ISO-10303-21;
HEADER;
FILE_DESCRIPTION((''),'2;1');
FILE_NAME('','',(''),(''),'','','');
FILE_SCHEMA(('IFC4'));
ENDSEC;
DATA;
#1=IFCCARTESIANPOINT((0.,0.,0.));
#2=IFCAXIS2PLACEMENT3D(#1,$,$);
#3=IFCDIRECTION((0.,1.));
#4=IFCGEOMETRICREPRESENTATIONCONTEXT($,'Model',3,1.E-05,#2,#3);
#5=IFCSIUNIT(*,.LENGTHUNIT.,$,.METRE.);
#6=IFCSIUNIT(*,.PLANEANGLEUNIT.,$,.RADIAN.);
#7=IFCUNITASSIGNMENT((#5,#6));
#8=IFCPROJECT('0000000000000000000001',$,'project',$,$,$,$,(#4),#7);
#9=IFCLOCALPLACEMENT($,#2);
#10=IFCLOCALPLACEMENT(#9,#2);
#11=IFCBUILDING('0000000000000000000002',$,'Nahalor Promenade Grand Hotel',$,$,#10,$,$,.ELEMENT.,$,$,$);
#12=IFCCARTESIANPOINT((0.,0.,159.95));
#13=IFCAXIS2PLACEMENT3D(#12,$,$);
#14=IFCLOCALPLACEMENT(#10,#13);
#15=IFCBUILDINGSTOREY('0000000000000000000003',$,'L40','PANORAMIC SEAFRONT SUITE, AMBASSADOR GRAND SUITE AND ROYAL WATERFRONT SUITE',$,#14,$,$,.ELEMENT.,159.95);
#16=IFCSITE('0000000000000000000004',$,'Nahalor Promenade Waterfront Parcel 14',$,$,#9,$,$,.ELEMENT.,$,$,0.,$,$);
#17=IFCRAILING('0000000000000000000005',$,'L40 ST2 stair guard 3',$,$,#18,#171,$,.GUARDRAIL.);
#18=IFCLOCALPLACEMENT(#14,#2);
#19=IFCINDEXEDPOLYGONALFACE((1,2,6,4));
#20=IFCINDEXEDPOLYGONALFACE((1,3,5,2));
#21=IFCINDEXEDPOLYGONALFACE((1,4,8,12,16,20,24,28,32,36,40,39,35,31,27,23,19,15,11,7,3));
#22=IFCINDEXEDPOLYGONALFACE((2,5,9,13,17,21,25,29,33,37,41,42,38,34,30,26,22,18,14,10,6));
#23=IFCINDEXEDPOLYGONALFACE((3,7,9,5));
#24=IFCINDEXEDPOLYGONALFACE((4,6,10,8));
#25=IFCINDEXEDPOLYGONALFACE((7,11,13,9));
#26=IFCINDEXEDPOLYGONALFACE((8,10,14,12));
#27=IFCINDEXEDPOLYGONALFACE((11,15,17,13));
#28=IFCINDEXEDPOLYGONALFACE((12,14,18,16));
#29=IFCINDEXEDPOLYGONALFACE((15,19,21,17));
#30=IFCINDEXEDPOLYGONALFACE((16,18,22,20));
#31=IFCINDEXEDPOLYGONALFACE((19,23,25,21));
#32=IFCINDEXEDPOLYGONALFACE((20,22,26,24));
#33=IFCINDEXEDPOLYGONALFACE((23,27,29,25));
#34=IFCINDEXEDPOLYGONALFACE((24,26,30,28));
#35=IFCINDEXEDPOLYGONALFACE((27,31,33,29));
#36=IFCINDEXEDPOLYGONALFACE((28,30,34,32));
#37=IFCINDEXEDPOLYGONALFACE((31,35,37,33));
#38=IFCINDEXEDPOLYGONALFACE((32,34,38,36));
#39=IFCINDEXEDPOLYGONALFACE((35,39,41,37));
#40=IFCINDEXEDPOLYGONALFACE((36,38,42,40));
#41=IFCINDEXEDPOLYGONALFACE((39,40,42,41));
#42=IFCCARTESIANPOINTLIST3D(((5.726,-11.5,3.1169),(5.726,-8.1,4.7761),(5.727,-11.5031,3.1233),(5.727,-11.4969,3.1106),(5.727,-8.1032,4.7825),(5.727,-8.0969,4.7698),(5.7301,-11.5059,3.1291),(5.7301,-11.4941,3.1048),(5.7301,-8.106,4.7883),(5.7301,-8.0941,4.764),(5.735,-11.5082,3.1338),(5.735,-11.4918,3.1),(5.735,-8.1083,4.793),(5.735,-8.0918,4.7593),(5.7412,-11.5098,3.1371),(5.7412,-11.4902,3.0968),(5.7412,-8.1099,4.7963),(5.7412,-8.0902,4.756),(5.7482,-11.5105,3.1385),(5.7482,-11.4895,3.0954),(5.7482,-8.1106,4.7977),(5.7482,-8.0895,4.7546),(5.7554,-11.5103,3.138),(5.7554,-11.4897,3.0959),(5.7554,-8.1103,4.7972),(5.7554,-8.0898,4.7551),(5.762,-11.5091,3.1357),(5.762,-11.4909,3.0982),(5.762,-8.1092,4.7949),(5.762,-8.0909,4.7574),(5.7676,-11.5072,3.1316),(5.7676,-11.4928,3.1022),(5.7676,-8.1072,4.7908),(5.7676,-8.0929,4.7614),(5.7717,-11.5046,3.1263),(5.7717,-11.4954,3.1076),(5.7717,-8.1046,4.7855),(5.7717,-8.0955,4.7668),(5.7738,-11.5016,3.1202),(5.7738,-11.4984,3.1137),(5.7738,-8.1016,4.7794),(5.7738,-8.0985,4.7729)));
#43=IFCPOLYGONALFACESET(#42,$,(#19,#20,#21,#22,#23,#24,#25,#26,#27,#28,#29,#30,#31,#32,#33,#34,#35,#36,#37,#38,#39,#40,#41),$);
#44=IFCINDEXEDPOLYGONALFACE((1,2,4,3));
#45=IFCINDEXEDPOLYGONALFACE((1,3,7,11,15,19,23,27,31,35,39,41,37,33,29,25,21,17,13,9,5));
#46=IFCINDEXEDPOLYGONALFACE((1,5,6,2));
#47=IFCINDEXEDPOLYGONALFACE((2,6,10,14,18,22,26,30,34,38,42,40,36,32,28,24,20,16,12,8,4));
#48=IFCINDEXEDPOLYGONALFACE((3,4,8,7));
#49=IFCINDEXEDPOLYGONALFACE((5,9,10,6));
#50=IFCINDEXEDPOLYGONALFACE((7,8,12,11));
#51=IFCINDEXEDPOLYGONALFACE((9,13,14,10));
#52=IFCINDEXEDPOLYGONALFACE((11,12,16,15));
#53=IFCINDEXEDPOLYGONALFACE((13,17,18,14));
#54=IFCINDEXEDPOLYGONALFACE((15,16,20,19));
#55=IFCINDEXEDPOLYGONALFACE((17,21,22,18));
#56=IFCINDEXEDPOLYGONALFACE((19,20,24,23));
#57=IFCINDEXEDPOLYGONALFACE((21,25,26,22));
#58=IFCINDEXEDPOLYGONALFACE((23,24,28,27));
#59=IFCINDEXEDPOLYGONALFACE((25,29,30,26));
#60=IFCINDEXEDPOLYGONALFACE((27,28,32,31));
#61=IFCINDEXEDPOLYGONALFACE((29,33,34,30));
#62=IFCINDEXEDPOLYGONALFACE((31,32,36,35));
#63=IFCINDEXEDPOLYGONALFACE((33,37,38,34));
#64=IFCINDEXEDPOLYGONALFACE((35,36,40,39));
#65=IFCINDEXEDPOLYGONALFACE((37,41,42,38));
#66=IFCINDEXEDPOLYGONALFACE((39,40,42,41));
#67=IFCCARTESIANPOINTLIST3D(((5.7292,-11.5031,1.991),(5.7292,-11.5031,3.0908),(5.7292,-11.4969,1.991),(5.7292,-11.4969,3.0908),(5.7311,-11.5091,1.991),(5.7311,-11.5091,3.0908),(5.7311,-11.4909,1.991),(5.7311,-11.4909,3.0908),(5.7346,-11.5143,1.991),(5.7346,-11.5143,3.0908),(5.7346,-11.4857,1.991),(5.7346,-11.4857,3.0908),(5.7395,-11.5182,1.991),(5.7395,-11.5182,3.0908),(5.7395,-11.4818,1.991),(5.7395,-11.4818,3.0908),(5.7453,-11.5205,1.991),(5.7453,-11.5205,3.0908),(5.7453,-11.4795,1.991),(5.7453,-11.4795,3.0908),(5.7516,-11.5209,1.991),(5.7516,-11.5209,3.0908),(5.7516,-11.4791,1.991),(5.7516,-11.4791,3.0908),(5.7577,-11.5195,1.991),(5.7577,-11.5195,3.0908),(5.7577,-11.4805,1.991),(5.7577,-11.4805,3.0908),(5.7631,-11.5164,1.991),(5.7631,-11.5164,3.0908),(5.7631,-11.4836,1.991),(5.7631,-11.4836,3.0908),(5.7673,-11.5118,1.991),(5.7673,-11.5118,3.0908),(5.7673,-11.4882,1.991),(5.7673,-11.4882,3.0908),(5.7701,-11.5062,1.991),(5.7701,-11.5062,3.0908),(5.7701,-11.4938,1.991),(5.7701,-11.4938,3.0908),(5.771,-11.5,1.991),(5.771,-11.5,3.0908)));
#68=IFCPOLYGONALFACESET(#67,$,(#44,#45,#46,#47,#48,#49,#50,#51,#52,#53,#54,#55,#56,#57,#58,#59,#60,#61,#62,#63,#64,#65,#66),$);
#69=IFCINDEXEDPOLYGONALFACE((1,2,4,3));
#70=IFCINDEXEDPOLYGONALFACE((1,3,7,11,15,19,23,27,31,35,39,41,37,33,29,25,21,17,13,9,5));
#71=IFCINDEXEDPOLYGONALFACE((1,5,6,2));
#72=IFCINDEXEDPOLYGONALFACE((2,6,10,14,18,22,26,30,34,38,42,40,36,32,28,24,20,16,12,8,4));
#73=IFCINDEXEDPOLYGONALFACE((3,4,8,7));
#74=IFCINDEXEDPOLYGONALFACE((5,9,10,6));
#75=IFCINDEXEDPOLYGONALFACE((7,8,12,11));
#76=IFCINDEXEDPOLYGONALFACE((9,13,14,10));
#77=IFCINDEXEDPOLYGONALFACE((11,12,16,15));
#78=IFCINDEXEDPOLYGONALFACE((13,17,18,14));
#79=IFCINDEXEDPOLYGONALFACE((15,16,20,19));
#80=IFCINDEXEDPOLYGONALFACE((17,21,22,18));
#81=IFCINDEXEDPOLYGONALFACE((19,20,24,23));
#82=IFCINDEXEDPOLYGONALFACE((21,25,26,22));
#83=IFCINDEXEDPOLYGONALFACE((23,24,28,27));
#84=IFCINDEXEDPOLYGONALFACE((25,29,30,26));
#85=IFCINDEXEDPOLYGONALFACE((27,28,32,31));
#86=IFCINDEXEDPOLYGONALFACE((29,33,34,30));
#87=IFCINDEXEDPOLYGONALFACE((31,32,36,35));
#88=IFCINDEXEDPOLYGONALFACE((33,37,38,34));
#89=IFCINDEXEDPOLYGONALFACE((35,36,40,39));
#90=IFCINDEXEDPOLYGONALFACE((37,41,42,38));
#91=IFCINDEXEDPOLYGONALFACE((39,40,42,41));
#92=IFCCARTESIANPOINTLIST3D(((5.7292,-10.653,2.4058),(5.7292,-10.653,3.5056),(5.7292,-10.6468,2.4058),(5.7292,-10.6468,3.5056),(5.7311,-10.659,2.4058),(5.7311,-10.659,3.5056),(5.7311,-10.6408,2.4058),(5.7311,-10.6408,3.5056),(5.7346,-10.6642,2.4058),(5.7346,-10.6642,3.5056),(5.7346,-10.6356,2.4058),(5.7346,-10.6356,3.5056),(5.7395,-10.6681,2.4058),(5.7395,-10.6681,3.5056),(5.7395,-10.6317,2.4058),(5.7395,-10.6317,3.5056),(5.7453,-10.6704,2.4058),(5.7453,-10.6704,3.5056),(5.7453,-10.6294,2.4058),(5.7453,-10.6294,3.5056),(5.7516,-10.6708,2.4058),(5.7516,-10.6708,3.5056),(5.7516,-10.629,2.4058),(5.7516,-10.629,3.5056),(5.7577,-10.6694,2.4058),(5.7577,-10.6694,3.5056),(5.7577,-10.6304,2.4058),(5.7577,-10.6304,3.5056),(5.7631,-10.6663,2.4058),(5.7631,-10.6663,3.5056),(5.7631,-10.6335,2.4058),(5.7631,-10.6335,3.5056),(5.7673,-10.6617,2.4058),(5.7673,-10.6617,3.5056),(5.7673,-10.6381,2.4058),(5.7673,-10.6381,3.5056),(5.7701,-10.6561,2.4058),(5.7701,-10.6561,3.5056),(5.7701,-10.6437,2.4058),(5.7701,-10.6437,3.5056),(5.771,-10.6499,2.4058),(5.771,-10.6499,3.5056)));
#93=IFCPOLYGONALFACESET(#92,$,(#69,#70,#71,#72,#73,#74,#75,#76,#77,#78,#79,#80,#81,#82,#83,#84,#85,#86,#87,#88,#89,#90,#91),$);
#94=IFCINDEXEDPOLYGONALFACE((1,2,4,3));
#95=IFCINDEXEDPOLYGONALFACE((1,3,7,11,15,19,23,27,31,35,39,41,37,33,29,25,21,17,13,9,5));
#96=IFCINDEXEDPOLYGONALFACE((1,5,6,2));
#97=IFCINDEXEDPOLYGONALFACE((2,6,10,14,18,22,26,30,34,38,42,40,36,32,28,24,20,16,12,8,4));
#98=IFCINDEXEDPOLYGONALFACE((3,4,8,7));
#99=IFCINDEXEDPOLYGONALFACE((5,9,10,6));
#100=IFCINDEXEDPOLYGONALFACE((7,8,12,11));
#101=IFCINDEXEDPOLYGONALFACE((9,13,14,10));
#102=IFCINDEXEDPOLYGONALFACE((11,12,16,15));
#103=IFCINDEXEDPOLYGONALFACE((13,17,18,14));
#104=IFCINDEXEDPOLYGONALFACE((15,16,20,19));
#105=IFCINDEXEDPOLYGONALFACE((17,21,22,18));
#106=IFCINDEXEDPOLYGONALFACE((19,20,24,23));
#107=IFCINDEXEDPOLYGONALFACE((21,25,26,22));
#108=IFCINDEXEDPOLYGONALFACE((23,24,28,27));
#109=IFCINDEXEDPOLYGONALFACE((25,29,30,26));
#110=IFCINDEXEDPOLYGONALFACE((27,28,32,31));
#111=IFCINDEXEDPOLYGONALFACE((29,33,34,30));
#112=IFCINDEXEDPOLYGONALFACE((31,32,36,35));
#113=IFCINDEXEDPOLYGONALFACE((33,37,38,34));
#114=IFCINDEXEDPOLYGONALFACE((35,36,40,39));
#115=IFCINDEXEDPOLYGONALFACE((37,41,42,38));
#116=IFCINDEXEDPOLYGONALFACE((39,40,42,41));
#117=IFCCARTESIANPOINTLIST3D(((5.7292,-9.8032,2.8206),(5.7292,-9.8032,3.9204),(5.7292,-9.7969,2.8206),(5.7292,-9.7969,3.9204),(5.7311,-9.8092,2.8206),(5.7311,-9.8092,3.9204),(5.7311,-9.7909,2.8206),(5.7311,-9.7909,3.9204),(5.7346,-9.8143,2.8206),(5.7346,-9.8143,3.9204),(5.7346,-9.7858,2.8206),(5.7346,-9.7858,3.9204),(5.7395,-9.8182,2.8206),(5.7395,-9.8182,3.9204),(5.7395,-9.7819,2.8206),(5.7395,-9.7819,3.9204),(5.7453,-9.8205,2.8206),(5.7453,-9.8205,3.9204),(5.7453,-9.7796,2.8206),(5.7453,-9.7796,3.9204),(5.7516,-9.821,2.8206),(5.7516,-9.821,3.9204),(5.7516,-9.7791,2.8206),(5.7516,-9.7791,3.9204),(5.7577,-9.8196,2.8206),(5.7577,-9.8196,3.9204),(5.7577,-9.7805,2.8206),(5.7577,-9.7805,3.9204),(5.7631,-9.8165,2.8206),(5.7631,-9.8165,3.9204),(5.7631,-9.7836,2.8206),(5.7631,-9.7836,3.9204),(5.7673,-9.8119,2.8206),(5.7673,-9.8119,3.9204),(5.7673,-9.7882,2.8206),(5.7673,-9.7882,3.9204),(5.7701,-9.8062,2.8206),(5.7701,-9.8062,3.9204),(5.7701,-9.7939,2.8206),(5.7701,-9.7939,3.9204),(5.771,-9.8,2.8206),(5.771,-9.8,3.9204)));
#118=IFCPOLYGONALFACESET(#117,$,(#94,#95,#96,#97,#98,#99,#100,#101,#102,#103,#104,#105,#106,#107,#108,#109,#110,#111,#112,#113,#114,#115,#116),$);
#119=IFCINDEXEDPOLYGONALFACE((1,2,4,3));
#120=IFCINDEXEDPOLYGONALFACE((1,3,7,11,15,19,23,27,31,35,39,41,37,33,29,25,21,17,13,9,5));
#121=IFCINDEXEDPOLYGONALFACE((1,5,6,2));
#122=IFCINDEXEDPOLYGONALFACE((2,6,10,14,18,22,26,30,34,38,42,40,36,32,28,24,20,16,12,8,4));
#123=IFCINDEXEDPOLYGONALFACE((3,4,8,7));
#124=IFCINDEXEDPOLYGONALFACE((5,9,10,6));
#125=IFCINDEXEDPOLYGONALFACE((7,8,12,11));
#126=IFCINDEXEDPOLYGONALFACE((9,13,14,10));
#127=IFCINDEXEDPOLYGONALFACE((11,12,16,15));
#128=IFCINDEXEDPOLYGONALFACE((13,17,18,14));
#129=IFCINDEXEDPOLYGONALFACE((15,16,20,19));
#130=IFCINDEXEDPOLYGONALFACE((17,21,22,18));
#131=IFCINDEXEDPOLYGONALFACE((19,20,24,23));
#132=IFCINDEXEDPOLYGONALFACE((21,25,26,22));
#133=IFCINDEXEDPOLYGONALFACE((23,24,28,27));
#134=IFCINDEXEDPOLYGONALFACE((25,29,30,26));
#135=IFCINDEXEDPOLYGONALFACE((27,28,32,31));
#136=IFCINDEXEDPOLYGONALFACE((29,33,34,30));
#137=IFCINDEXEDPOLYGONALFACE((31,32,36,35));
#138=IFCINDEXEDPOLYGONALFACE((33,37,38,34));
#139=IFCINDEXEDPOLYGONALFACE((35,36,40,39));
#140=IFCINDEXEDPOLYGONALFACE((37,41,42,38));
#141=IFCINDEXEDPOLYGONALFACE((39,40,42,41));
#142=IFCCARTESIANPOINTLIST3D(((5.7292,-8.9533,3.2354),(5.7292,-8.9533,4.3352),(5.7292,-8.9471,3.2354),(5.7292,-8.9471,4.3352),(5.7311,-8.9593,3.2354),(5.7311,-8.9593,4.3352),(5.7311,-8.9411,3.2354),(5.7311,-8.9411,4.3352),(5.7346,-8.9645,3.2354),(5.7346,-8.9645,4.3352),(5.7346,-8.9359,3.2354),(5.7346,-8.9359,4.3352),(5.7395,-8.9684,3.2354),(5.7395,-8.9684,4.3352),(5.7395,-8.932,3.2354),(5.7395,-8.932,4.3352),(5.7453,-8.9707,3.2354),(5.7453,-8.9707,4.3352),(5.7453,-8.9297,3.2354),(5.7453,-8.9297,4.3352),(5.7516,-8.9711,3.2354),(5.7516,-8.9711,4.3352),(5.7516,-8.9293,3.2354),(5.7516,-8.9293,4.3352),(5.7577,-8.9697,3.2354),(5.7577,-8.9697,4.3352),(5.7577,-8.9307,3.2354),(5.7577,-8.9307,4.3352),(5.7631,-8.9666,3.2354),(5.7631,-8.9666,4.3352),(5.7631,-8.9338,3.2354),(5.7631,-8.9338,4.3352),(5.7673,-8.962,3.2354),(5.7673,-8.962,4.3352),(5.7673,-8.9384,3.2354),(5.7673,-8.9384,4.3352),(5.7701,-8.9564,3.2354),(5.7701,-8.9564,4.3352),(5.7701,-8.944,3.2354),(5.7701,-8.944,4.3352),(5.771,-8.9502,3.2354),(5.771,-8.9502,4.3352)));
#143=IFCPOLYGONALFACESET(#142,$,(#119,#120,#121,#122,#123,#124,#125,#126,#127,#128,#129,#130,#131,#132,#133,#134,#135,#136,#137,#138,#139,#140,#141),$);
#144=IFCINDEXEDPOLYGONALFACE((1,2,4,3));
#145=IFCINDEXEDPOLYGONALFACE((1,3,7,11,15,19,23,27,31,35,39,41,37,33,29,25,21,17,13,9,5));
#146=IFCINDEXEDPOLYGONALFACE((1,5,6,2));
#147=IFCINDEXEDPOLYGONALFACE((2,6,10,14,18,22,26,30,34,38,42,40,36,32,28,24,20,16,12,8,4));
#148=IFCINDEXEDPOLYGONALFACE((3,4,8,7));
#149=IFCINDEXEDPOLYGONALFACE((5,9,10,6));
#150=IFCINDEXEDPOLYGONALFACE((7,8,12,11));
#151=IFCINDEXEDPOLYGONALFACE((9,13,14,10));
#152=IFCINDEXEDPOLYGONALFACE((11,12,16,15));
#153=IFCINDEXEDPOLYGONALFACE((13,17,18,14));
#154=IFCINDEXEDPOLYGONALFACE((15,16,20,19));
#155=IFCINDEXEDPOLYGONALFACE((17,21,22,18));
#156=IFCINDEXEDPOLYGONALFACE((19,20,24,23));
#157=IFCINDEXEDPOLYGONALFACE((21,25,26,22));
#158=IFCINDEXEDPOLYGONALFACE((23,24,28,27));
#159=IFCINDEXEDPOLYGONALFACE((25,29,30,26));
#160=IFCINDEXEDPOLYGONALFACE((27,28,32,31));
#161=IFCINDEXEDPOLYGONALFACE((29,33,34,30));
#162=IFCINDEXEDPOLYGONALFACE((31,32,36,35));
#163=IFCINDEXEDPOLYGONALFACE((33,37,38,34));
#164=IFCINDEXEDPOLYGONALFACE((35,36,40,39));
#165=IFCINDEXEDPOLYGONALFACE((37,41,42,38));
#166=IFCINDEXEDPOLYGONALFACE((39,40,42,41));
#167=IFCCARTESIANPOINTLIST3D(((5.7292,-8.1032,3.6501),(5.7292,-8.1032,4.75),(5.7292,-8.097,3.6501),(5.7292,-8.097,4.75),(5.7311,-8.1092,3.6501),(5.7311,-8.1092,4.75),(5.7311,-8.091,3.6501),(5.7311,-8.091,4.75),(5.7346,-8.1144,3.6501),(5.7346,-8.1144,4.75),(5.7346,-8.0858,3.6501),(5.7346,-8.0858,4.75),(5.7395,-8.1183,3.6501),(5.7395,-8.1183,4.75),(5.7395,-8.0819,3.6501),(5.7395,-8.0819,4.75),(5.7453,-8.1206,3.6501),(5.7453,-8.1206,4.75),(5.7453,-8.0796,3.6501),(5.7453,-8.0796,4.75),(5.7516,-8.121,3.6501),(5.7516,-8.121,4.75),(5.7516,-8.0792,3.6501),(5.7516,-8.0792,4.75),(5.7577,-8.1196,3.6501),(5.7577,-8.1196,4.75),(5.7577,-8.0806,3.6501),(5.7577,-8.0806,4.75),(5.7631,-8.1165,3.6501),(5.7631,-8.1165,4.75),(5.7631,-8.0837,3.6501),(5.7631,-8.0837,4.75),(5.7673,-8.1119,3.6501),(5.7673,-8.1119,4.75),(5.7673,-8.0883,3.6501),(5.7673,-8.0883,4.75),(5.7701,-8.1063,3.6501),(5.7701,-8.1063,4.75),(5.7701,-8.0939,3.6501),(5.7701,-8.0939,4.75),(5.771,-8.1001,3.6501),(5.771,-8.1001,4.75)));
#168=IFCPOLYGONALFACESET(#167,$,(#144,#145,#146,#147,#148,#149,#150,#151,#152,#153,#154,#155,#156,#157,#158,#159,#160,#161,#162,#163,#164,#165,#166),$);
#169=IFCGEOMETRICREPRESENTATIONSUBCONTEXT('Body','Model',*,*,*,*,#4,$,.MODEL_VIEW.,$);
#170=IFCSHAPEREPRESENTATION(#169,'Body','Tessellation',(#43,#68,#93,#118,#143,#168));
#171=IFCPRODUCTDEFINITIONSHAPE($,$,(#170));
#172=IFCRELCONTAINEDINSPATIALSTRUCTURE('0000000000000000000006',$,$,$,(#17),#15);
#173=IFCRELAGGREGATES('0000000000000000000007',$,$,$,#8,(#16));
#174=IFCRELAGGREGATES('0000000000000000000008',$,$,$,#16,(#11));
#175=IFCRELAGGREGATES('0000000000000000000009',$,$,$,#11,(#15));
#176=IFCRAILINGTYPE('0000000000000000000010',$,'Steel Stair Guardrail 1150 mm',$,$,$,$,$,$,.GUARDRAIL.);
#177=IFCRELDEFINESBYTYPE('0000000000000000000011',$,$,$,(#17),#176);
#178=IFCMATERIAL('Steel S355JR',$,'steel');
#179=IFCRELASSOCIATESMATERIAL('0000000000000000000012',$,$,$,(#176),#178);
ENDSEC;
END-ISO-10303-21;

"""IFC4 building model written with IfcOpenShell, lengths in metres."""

from ifc_helpers import new_model, si_unit, direction, frame, origin, origin_2d, place, context, subcontext, project, spatial, circle, extrude, material, type_object, element, save


model = new_model("IFC4")

# Units and contexts
model_context = context("Model", 3, precision=1e-05, world=origin(), true_north=direction((0.0, 1.0)))
body_context = subcontext(model_context, "Body", "Model", "MODEL_VIEW")
ifc_project = project(units=[si_unit("LENGTHUNIT", "METRE"), si_unit("PLANEANGLEUNIT", "RADIAN")], contexts=[model_context])

# Site, building, storey
site_placement = place(None, origin())
site = spatial("IfcSite", under=ifc_project, at=site_placement, Name="Nahalor Promenade Waterfront Parcel 14", CompositionType="ELEMENT", RefElevation=0.0)
building_placement = place(site_placement, origin())
building = spatial("IfcBuilding", under=site, at=building_placement, Name="Nahalor Promenade Grand Hotel", CompositionType="ELEMENT")
storey_placement = place(building_placement, frame((0.0, 0.0, 159.95)))
storey = spatial("IfcBuildingStorey", under=building, at=storey_placement, Name="L40", Description="PANORAMIC SEAFRONT SUITE, AMBASSADOR GRAND SUITE AND ROYAL WATERFRONT SUITE", CompositionType="ELEMENT", Elevation=159.95)

# Shared definitions
ifc_material_1 = material(Name="Steel S355JR", Category="steel")

# Railing
railing_type_1 = type_object("IfcRailingType", Name="Steel Stair Guardrail 1150 mm", PredefinedType="GUARDRAIL", material=ifc_material_1)
railing_1_placement = place(storey_placement, frame((5.75, -11.5, 1.991)))
element("IfcRailing", 1, at=railing_1_placement, inside=storey, type_object=railing_type_1, Name="L40 ST2 stair guard 3", PredefinedType="GUARDRAIL", context=body_context, shape_type="SweptSolid", body=[
    extrude(circle(Radius=0.024, at=origin_2d()), frame((0.0, 0.0, 1.126), z_axis=(0.0, 0.898696, 0.438571), x_axis=(-1.0, 0.0, 0.0)), (0.0, 0.0, 1.0), 3.7832),
    extrude(circle(Radius=0.021, at=origin_2d()), origin(), (0.0, 0.0, 1.0), 1.0999),
    extrude(circle(Radius=0.021, at=origin_2d()), frame((0.0, 0.8501, 0.4148)), (0.0, 0.0, 1.0), 1.0999),
    extrude(circle(Radius=0.021, at=origin_2d()), frame((0.0, 1.7, 0.8296)), (0.0, 0.0, 1.0), 1.0999),
    extrude(circle(Radius=0.021, at=origin_2d()), frame((0.0, 2.5498, 1.2444)), (0.0, 0.0, 1.0), 1.0999),
    extrude(circle(Radius=0.021, at=origin_2d()), frame((0.0, 3.3999, 1.6592)), (0.0, 0.0, 1.0), 1.0999),
])

save(model, "model.ifc")
